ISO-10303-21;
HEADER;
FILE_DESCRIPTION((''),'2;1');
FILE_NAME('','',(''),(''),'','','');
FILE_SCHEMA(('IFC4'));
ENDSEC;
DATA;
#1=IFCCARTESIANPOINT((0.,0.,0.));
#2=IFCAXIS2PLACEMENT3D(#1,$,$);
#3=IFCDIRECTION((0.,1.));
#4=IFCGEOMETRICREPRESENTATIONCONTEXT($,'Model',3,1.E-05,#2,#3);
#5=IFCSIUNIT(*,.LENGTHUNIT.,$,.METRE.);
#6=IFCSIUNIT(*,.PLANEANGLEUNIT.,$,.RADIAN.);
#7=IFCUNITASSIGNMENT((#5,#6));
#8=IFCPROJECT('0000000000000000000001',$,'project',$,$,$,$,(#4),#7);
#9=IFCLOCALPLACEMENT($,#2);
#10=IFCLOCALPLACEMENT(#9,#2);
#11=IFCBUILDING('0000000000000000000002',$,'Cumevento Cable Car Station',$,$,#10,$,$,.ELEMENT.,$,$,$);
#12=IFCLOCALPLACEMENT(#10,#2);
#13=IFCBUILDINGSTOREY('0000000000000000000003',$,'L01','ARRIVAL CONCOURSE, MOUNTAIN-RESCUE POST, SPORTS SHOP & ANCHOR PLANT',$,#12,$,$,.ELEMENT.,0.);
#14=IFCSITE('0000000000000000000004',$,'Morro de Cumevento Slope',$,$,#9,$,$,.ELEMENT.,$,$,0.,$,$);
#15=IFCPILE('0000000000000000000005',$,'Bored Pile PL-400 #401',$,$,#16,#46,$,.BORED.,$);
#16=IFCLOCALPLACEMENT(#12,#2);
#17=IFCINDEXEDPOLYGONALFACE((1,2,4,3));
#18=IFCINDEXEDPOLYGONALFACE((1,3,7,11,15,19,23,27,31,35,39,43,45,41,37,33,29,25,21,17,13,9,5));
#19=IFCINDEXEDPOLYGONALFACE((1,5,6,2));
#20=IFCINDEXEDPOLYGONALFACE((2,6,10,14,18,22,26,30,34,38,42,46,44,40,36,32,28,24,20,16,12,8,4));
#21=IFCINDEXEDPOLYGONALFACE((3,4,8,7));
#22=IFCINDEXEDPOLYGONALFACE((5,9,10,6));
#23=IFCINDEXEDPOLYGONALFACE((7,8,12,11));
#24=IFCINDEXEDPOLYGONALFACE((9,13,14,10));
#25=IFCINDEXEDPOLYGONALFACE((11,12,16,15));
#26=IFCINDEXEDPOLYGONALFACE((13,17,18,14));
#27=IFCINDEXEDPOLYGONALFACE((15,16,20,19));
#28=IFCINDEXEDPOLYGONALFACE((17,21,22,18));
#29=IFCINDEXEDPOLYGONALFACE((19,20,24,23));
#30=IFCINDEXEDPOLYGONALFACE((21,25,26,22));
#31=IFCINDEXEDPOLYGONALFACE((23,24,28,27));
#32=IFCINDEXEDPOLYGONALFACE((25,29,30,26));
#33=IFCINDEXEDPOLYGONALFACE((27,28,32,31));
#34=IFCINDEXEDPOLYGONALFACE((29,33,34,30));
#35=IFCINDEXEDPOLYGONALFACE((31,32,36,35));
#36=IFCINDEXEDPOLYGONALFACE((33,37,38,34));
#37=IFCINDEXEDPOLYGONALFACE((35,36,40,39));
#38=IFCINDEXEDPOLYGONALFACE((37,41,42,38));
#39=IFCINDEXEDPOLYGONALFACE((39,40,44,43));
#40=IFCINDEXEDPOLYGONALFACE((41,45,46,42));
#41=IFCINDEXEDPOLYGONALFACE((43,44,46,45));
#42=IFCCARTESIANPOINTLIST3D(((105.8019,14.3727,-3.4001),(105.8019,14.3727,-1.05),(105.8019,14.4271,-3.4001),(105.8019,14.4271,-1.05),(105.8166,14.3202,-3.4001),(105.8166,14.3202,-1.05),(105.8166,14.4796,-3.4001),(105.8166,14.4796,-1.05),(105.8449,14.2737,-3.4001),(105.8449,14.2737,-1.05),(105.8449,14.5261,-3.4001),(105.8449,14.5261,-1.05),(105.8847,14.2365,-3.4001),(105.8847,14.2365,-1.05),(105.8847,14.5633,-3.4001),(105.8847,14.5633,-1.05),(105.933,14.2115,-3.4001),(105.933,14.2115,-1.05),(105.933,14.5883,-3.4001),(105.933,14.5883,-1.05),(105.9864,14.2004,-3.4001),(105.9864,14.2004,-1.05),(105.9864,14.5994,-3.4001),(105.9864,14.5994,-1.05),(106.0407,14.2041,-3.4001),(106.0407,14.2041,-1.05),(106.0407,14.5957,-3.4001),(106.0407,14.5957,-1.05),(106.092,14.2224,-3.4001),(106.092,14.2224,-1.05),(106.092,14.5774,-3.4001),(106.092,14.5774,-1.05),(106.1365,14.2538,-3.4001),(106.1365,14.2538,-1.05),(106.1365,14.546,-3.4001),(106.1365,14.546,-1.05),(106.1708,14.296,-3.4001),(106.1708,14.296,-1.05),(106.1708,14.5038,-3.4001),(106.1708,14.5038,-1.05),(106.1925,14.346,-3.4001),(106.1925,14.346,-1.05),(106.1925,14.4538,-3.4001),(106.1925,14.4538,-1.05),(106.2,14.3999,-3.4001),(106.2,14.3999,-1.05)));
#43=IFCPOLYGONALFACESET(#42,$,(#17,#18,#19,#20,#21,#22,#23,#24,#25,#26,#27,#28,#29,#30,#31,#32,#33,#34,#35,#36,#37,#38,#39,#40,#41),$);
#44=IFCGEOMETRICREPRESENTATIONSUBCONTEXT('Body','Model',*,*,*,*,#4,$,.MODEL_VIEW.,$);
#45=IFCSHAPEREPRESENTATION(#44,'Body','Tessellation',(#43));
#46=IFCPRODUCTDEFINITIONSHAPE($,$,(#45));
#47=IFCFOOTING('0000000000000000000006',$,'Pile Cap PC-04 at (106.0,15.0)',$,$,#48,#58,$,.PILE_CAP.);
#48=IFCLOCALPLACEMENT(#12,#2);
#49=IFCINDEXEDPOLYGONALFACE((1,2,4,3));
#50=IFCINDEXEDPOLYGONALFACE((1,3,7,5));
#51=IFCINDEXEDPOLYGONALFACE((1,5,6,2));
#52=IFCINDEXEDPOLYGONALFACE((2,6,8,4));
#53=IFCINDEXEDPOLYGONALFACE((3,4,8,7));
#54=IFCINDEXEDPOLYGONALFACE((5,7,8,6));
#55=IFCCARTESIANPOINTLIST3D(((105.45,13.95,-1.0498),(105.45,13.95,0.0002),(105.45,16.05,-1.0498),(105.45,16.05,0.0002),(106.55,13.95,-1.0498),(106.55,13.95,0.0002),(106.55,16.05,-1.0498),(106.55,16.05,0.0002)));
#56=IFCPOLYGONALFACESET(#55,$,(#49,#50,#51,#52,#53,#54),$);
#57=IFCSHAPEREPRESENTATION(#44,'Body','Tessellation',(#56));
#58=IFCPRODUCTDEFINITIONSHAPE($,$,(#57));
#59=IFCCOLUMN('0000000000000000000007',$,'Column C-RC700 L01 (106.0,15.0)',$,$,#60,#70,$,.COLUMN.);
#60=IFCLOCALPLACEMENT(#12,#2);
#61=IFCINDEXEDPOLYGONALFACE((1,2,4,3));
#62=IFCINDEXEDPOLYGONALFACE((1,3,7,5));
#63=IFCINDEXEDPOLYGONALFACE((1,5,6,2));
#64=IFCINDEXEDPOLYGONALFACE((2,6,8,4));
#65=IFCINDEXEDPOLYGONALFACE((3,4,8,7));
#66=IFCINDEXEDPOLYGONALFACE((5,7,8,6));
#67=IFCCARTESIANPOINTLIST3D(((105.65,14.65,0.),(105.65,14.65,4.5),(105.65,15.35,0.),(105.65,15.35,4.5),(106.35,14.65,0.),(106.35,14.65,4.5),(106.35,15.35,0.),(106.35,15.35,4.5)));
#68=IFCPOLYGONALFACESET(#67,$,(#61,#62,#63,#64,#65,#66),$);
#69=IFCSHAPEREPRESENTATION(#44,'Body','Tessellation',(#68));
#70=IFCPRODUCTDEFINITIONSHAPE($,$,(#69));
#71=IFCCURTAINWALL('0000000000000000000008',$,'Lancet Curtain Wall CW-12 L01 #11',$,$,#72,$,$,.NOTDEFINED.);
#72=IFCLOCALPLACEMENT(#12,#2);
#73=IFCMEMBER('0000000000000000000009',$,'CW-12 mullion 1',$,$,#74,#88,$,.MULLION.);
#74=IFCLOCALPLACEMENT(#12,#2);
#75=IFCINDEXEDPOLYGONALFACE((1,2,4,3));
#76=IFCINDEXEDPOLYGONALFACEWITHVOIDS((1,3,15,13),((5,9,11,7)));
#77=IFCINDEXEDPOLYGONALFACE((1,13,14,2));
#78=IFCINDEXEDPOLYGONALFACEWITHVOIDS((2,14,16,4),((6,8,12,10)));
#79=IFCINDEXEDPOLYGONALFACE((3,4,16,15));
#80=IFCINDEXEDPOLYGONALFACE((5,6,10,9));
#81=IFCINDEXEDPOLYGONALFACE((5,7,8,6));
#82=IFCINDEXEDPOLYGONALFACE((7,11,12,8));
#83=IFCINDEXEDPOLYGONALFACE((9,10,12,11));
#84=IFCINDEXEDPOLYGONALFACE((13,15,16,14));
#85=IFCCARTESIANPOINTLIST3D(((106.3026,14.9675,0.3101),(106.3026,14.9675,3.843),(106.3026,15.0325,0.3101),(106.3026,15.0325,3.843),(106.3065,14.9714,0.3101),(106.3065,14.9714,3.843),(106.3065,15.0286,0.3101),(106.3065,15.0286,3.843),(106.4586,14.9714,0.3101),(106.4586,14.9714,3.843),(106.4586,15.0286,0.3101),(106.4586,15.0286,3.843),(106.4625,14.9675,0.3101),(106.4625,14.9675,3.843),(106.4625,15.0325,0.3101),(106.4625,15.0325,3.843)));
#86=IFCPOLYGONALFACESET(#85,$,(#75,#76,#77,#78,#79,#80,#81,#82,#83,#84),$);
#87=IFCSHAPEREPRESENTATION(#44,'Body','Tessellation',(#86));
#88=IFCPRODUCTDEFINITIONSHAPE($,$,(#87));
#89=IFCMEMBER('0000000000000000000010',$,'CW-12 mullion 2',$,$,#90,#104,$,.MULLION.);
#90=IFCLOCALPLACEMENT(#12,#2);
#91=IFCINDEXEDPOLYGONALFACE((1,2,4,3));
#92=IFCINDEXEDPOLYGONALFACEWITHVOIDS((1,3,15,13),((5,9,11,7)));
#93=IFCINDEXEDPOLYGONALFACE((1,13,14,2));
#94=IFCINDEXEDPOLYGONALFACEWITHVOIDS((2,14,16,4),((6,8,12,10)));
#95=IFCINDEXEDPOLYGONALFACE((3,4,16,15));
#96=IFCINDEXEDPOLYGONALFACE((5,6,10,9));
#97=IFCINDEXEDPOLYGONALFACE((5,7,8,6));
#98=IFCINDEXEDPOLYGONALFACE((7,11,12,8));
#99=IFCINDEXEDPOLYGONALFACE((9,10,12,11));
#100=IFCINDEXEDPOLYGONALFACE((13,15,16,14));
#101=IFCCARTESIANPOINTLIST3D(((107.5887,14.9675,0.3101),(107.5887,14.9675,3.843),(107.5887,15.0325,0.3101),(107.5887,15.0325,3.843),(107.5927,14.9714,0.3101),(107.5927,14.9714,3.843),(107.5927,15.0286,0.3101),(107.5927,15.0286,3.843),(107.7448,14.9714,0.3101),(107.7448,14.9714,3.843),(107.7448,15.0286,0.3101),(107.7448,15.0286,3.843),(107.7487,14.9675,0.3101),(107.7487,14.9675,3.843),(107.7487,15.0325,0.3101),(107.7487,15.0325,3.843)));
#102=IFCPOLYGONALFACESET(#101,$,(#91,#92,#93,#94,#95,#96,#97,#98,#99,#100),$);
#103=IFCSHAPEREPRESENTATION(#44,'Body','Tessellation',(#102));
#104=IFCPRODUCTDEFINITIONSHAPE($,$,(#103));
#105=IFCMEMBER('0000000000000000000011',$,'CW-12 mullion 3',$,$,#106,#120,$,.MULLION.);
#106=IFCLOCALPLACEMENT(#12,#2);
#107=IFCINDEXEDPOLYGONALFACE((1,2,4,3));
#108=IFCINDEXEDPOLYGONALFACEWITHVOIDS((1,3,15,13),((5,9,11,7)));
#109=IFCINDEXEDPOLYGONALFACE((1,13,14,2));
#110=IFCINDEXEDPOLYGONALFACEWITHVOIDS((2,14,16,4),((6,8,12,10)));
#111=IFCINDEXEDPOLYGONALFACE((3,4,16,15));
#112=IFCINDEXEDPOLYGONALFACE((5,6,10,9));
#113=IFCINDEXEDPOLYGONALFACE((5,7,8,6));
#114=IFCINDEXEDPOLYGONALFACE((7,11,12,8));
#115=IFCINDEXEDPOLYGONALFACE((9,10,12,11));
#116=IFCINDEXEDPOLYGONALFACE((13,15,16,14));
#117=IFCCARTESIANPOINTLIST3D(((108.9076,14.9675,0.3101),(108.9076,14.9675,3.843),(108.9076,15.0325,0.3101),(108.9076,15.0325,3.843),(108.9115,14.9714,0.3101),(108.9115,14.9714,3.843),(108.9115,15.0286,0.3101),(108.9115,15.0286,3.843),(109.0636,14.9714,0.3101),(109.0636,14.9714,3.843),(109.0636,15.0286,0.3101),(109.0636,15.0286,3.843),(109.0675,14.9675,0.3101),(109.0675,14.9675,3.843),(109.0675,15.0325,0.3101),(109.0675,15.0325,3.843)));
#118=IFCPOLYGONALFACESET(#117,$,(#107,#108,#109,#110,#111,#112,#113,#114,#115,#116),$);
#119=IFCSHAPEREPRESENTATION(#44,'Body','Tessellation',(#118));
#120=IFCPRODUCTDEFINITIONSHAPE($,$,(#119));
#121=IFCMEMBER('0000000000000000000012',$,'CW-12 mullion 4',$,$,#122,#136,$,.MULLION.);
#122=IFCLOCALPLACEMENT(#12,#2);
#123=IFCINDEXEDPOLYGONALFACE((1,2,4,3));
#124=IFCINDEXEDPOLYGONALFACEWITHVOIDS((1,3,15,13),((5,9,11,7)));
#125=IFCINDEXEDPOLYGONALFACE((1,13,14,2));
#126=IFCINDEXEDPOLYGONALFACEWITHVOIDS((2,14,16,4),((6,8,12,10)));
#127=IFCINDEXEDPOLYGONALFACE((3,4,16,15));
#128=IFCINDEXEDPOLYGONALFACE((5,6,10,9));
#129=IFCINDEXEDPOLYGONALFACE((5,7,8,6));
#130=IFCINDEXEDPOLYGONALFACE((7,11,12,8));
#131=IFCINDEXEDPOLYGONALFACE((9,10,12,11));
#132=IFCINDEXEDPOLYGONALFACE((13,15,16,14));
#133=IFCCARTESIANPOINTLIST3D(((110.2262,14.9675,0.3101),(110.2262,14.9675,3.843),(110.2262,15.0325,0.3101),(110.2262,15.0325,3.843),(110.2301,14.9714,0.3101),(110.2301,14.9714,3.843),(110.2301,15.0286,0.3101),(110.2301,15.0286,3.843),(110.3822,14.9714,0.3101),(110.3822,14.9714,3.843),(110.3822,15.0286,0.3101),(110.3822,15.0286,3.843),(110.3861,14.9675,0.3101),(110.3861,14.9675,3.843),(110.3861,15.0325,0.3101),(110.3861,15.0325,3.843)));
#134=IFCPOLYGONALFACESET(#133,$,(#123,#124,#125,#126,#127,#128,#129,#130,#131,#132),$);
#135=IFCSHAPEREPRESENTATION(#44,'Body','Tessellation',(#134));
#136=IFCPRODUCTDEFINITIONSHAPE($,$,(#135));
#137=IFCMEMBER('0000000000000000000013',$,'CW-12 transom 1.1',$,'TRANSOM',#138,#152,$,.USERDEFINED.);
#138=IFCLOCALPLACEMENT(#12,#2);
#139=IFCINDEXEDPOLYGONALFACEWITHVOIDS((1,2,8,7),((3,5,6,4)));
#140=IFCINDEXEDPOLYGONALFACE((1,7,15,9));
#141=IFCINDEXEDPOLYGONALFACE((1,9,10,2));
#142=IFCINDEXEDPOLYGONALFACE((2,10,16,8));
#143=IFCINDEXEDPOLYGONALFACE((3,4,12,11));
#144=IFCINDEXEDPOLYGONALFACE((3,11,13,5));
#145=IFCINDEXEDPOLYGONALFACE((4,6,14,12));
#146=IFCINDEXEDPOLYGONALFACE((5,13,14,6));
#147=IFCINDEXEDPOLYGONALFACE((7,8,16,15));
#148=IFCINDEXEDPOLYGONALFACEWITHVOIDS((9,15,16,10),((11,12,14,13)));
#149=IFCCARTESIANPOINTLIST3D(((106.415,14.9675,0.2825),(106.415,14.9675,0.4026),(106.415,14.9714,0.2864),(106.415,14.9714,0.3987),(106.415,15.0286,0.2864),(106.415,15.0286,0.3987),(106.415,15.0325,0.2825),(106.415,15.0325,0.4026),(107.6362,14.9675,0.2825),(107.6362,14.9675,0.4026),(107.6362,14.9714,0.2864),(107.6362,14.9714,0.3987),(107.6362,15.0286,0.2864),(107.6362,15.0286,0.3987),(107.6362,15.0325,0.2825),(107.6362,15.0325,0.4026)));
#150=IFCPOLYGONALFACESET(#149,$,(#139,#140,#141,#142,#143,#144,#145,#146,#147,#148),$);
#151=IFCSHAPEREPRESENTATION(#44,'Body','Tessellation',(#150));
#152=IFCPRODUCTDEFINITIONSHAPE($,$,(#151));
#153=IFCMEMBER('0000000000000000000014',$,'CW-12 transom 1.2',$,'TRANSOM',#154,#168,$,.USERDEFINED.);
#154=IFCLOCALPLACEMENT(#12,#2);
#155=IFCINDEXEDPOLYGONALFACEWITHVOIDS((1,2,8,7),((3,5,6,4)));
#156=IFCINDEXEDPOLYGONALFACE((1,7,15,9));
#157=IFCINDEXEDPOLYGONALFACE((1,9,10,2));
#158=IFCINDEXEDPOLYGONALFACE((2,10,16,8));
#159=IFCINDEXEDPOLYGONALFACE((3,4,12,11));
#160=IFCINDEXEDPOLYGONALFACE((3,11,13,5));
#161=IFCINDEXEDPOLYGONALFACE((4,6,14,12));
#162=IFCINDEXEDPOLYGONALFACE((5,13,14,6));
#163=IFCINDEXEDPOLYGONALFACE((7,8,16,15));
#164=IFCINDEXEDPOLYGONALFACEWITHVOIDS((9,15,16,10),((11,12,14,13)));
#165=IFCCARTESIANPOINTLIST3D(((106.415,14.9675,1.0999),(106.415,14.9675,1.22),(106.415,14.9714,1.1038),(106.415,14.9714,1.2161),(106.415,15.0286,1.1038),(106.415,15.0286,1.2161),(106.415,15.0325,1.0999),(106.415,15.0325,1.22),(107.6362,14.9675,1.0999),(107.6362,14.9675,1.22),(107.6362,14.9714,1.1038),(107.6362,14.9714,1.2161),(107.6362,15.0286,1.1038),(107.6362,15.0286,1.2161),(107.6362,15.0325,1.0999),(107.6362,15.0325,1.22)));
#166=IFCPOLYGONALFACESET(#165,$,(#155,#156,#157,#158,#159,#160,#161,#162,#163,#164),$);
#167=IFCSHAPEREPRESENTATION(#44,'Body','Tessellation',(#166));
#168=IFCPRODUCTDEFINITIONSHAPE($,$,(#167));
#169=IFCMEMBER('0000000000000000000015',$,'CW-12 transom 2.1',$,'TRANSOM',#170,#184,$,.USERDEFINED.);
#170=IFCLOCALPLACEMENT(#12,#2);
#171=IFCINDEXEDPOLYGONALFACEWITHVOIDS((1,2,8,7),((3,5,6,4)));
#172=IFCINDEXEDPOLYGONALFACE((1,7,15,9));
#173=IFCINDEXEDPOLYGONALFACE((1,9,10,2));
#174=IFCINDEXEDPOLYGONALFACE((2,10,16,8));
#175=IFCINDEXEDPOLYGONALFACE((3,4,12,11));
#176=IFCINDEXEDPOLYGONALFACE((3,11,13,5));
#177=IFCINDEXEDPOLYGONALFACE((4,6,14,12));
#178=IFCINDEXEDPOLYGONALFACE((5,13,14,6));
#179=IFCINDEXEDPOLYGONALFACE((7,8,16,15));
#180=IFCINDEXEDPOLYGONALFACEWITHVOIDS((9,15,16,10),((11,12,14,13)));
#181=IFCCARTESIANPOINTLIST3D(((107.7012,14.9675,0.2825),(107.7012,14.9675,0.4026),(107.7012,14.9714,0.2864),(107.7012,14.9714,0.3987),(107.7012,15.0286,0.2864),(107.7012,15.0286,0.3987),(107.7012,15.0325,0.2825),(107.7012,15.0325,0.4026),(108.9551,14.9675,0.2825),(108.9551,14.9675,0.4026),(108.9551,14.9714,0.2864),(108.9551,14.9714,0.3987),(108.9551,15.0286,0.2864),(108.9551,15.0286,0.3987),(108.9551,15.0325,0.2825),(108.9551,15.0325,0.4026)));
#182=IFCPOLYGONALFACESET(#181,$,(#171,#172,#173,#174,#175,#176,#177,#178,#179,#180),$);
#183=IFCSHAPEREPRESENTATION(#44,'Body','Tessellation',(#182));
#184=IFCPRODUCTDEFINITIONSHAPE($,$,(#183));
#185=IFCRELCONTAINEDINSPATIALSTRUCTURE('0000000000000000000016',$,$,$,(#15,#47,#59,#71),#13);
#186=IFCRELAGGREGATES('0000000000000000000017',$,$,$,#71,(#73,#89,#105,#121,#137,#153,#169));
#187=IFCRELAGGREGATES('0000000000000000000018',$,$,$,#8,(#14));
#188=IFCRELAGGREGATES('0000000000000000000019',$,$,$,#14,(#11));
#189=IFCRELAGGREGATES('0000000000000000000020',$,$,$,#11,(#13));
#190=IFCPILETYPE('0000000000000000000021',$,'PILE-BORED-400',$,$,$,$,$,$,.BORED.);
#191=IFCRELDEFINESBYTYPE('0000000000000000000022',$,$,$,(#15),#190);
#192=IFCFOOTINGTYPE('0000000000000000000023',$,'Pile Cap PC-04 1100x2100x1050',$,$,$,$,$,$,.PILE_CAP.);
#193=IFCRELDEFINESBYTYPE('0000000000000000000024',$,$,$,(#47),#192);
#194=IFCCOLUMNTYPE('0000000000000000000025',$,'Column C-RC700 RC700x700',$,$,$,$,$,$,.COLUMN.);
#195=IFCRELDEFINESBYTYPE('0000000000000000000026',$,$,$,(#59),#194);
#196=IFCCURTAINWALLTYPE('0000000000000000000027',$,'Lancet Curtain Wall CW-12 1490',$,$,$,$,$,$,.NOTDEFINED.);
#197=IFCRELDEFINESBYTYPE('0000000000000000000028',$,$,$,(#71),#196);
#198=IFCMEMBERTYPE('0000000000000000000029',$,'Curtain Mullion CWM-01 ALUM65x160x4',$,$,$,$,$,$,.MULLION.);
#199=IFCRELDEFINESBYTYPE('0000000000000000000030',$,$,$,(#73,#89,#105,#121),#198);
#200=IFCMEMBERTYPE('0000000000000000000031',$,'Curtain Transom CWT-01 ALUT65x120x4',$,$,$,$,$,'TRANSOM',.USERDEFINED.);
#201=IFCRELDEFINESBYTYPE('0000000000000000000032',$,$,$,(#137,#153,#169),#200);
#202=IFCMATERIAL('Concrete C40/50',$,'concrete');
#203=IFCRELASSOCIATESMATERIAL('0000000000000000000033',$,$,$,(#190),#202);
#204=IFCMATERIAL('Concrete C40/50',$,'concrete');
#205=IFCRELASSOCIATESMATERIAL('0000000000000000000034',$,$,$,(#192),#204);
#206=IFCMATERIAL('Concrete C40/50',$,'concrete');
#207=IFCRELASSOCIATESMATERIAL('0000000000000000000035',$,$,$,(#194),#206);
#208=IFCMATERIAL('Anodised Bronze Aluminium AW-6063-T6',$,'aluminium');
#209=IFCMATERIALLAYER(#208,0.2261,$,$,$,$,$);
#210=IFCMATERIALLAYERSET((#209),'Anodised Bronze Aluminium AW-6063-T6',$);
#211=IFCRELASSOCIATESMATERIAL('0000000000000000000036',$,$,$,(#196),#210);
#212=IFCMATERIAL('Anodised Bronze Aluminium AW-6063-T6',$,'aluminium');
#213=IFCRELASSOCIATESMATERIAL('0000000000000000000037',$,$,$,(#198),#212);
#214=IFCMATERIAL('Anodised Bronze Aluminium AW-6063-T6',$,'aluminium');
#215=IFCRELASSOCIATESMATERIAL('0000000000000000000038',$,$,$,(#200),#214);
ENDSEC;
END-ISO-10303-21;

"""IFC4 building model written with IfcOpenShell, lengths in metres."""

from ifc_helpers import new_model, si_unit, direction, frame, origin, origin_2d, place, context, subcontext, project, spatial, rectangle, hollow_rectangle, circle, extrude, material, layer, layer_set, material_profile, profile_set, type_object, element, aggregate, save


model = new_model("IFC4")

# Units and contexts
model_context = context("Model", 3, precision=1e-05, world=origin(), true_north=direction((0.0, 1.0)))
body_context = subcontext(model_context, "Body", "Model", "MODEL_VIEW")
ifc_project = project(units=[si_unit("LENGTHUNIT", "METRE"), si_unit("PLANEANGLEUNIT", "RADIAN")], contexts=[model_context])

# Site, building, storey
site_placement = place(None, origin())
site = spatial("IfcSite", under=ifc_project, at=site_placement, Name="Morro de Cumevento Slope", CompositionType="ELEMENT", RefElevation=0.0)
building_placement = place(site_placement, origin())
building = spatial("IfcBuilding", under=site, at=building_placement, Name="Cumevento Cable Car Station", CompositionType="ELEMENT")
storey_placement = place(building_placement, origin())
storey = spatial("IfcBuildingStorey", under=building, at=storey_placement, Name="L01", Description="ARRIVAL CONCOURSE, MOUNTAIN-RESCUE POST, SPORTS SHOP & ANCHOR PLANT", CompositionType="ELEMENT", Elevation=0.0)

# Pile
ifc_material_1 = material(Name="Concrete C40/50", Category="concrete")
ifc_material_profile_1 = material_profile(ifc_material_1, circle(Radius=0.2, at=origin_2d()), Name="PILE-D400")
ifc_profile_set_1 = profile_set([ifc_material_profile_1], Name="Concrete C40/50")
pile_type = type_object("IfcPileType", Name="PILE-BORED-400", PredefinedType="BORED", material=ifc_profile_set_1)
pile_placement = place(storey_placement, frame((106.0, 14.3999, -1.05), z_axis=(0.0, 0.0, -1.0), x_axis=(1.0, 0.0, 0.0)))
element("IfcPile", 1, at=pile_placement, inside=storey, type_object=pile_type, Name="Bored Pile PL-400 #401", PredefinedType="BORED", context=body_context, shape_type="SweptSolid", body=[
    extrude(circle(Radius=0.2, at=origin_2d()), origin(), (0.0, 0.0, 1.0), 2.3501),
])

# Footing
ifc_material_2 = material(Name="Concrete C40/50", Category="concrete")
footing_type = type_object("IfcFootingType", Name="Pile Cap PC-04 1100x2100x1050", PredefinedType="PILE_CAP", material=ifc_material_2)
footing_placement = place(storey_placement, frame((106.0, 15.0, -1.0498), z_axis=(0.0, 0.0, 1.0), x_axis=(1.0, 0.0, 0.0)))
element("IfcFooting", 2, at=footing_placement, inside=storey, type_object=footing_type, Name="Pile Cap PC-04 at (106.0,15.0)", PredefinedType="PILE_CAP", context=body_context, shape_type="SweptSolid", body=[
    extrude(rectangle(XDim=1.1001, YDim=2.1001, at=origin_2d()), origin(), (0.0, 0.0, 1.0), 1.05),
])

# Column
ifc_material_3 = material(Name="Concrete C40/50", Category="concrete")
ifc_material_profile_2 = material_profile(ifc_material_3, rectangle(XDim=0.7, YDim=0.7, at=origin_2d()), Name="RC700x700")
ifc_profile_set_2 = profile_set([ifc_material_profile_2], Name="Concrete C40/50")
column_type = type_object("IfcColumnType", Name="Column C-RC700 RC700x700", PredefinedType="COLUMN", material=ifc_profile_set_2)
column_placement = place(storey_placement, frame((106.0, 15.0, 0.0), z_axis=(0.0, 0.0, 1.0), x_axis=(1.0, 0.0, 0.0)))
element("IfcColumn", 3, at=column_placement, inside=storey, type_object=column_type, Name="Column C-RC700 L01 (106.0,15.0)", PredefinedType="COLUMN", context=body_context, shape_type="SweptSolid", body=[
    extrude(rectangle(XDim=0.7, YDim=0.7, at=origin_2d()), origin(), (0.0, 0.0, 1.0), 4.5),
])

# Curtain wall, members
ifc_material_4 = material(Name="Anodised Bronze Aluminium AW-6063-T6", Category="aluminium")
ifc_layer_1 = layer(ifc_material_4, 0.2261)
ifc_layer_set_1 = layer_set([ifc_layer_1], Name="Anodised Bronze Aluminium AW-6063-T6")
curtain_wall_type = type_object("IfcCurtainWallType", Name="Lancet Curtain Wall CW-12 1490", PredefinedType="NOTDEFINED", material=ifc_layer_set_1)
curtain_wall_placement = place(storey_placement, origin())
curtain_wall = element("IfcCurtainWall", 4, at=curtain_wall_placement, inside=storey, type_object=curtain_wall_type, Name="Lancet Curtain Wall CW-12 L01 #11", PredefinedType="NOTDEFINED")
ifc_material_5 = material(Name="Anodised Bronze Aluminium AW-6063-T6", Category="aluminium")
ifc_material_profile_3 = material_profile(ifc_material_5, hollow_rectangle(XDim=0.0649, YDim=0.1599, WallThickness=0.0039, at=origin_2d()), Name="ALUM65x160x4")
ifc_profile_set_3 = profile_set([ifc_material_profile_3], Name="Anodised Bronze Aluminium AW-6063-T6")
member_type_1 = type_object("IfcMemberType", Name="Curtain Mullion CWM-01 ALUM65x160x4", PredefinedType="MULLION", material=ifc_profile_set_3)
member_1_placement = place(storey_placement, frame((106.3826, 15.0, 0.3101), z_axis=(0.0, 0.0, 1.0), x_axis=(0.0, 1.0, 0.0)))
member_1 = element("IfcMember", 5, at=member_1_placement, type_object=member_type_1, Name="CW-12 mullion 1", PredefinedType="MULLION", context=body_context, shape_type="SweptSolid", body=[
    extrude(hollow_rectangle(XDim=0.0649, YDim=0.1599, WallThickness=0.0039, at=origin_2d()), origin(), (0.0, 0.0, 1.0), 3.533),
])
member_2_placement = place(storey_placement, frame((107.6687, 15.0, 0.3101), z_axis=(0.0, 0.0, 1.0), x_axis=(0.0, 1.0, 0.0)))
member_2 = element("IfcMember", 6, at=member_2_placement, type_object=member_type_1, Name="CW-12 mullion 2", PredefinedType="MULLION", context=body_context, shape_type="SweptSolid", body=[
    extrude(hollow_rectangle(XDim=0.0649, YDim=0.1599, WallThickness=0.0039, at=origin_2d()), origin(), (0.0, 0.0, 1.0), 3.533),
])
member_3_placement = place(storey_placement, frame((108.9875, 15.0, 0.3101), z_axis=(0.0, 0.0, 1.0), x_axis=(0.0, 1.0, 0.0)))
member_3 = element("IfcMember", 7, at=member_3_placement, type_object=member_type_1, Name="CW-12 mullion 3", PredefinedType="MULLION", context=body_context, shape_type="SweptSolid", body=[
    extrude(hollow_rectangle(XDim=0.0649, YDim=0.1599, WallThickness=0.0039, at=origin_2d()), origin(), (0.0, 0.0, 1.0), 3.533),
])
member_4_placement = place(storey_placement, frame((110.3062, 15.0, 0.3101), z_axis=(0.0, 0.0, 1.0), x_axis=(0.0, 1.0, 0.0)))
member_4 = element("IfcMember", 8, at=member_4_placement, type_object=member_type_1, Name="CW-12 mullion 4", PredefinedType="MULLION", context=body_context, shape_type="SweptSolid", body=[
    extrude(hollow_rectangle(XDim=0.0649, YDim=0.1599, WallThickness=0.0039, at=origin_2d()), origin(), (0.0, 0.0, 1.0), 3.533),
])
ifc_material_6 = material(Name="Anodised Bronze Aluminium AW-6063-T6", Category="aluminium")
ifc_material_profile_4 = material_profile(ifc_material_6, hollow_rectangle(XDim=0.0649, YDim=0.1201, WallThickness=0.0039, at=origin_2d()), Name="ALUT65x120x4")
ifc_profile_set_4 = profile_set([ifc_material_profile_4], Name="Anodised Bronze Aluminium AW-6063-T6")
member_type_2 = type_object("IfcMemberType", Name="Curtain Transom CWT-01 ALUT65x120x4", ElementType="TRANSOM", PredefinedType="USERDEFINED", material=ifc_profile_set_4)
member_5_placement = place(storey_placement, frame((106.415, 15.0, 0.3425), z_axis=(1.0, 0.0, 0.0), x_axis=(0.0, 1.0, 0.0)))
member_5 = element("IfcMember", 9, at=member_5_placement, type_object=member_type_2, Name="CW-12 transom 1.1", ObjectType="TRANSOM", PredefinedType="USERDEFINED", context=body_context, shape_type="SweptSolid", body=[
    extrude(hollow_rectangle(XDim=0.0649, YDim=0.1201, WallThickness=0.0039, at=origin_2d()), origin(), (0.0, 0.0, 1.0), 1.2212),
])
member_6_placement = place(storey_placement, frame((106.415, 15.0, 1.1599), z_axis=(1.0, 0.0, 0.0), x_axis=(0.0, 1.0, 0.0)))
member_6 = element("IfcMember", 10, at=member_6_placement, type_object=member_type_2, Name="CW-12 transom 1.2", ObjectType="TRANSOM", PredefinedType="USERDEFINED", context=body_context, shape_type="SweptSolid", body=[
    extrude(hollow_rectangle(XDim=0.0649, YDim=0.1201, WallThickness=0.0039, at=origin_2d()), origin(), (0.0, 0.0, 1.0), 1.2212),
])
member_7_placement = place(storey_placement, frame((107.7012, 15.0, 0.3425), z_axis=(1.0, 0.0, 0.0), x_axis=(0.0, 1.0, 0.0)))
member_7 = element("IfcMember", 11, at=member_7_placement, type_object=member_type_2, Name="CW-12 transom 2.1", ObjectType="TRANSOM", PredefinedType="USERDEFINED", context=body_context, shape_type="SweptSolid", body=[
    extrude(hollow_rectangle(XDim=0.0649, YDim=0.1201, WallThickness=0.0039, at=origin_2d()), origin(), (0.0, 0.0, 1.0), 1.2539),
])
aggregate(curtain_wall, [member_1, member_2, member_3, member_4, member_5, member_6, member_7])

save(model, "model.ifc")
